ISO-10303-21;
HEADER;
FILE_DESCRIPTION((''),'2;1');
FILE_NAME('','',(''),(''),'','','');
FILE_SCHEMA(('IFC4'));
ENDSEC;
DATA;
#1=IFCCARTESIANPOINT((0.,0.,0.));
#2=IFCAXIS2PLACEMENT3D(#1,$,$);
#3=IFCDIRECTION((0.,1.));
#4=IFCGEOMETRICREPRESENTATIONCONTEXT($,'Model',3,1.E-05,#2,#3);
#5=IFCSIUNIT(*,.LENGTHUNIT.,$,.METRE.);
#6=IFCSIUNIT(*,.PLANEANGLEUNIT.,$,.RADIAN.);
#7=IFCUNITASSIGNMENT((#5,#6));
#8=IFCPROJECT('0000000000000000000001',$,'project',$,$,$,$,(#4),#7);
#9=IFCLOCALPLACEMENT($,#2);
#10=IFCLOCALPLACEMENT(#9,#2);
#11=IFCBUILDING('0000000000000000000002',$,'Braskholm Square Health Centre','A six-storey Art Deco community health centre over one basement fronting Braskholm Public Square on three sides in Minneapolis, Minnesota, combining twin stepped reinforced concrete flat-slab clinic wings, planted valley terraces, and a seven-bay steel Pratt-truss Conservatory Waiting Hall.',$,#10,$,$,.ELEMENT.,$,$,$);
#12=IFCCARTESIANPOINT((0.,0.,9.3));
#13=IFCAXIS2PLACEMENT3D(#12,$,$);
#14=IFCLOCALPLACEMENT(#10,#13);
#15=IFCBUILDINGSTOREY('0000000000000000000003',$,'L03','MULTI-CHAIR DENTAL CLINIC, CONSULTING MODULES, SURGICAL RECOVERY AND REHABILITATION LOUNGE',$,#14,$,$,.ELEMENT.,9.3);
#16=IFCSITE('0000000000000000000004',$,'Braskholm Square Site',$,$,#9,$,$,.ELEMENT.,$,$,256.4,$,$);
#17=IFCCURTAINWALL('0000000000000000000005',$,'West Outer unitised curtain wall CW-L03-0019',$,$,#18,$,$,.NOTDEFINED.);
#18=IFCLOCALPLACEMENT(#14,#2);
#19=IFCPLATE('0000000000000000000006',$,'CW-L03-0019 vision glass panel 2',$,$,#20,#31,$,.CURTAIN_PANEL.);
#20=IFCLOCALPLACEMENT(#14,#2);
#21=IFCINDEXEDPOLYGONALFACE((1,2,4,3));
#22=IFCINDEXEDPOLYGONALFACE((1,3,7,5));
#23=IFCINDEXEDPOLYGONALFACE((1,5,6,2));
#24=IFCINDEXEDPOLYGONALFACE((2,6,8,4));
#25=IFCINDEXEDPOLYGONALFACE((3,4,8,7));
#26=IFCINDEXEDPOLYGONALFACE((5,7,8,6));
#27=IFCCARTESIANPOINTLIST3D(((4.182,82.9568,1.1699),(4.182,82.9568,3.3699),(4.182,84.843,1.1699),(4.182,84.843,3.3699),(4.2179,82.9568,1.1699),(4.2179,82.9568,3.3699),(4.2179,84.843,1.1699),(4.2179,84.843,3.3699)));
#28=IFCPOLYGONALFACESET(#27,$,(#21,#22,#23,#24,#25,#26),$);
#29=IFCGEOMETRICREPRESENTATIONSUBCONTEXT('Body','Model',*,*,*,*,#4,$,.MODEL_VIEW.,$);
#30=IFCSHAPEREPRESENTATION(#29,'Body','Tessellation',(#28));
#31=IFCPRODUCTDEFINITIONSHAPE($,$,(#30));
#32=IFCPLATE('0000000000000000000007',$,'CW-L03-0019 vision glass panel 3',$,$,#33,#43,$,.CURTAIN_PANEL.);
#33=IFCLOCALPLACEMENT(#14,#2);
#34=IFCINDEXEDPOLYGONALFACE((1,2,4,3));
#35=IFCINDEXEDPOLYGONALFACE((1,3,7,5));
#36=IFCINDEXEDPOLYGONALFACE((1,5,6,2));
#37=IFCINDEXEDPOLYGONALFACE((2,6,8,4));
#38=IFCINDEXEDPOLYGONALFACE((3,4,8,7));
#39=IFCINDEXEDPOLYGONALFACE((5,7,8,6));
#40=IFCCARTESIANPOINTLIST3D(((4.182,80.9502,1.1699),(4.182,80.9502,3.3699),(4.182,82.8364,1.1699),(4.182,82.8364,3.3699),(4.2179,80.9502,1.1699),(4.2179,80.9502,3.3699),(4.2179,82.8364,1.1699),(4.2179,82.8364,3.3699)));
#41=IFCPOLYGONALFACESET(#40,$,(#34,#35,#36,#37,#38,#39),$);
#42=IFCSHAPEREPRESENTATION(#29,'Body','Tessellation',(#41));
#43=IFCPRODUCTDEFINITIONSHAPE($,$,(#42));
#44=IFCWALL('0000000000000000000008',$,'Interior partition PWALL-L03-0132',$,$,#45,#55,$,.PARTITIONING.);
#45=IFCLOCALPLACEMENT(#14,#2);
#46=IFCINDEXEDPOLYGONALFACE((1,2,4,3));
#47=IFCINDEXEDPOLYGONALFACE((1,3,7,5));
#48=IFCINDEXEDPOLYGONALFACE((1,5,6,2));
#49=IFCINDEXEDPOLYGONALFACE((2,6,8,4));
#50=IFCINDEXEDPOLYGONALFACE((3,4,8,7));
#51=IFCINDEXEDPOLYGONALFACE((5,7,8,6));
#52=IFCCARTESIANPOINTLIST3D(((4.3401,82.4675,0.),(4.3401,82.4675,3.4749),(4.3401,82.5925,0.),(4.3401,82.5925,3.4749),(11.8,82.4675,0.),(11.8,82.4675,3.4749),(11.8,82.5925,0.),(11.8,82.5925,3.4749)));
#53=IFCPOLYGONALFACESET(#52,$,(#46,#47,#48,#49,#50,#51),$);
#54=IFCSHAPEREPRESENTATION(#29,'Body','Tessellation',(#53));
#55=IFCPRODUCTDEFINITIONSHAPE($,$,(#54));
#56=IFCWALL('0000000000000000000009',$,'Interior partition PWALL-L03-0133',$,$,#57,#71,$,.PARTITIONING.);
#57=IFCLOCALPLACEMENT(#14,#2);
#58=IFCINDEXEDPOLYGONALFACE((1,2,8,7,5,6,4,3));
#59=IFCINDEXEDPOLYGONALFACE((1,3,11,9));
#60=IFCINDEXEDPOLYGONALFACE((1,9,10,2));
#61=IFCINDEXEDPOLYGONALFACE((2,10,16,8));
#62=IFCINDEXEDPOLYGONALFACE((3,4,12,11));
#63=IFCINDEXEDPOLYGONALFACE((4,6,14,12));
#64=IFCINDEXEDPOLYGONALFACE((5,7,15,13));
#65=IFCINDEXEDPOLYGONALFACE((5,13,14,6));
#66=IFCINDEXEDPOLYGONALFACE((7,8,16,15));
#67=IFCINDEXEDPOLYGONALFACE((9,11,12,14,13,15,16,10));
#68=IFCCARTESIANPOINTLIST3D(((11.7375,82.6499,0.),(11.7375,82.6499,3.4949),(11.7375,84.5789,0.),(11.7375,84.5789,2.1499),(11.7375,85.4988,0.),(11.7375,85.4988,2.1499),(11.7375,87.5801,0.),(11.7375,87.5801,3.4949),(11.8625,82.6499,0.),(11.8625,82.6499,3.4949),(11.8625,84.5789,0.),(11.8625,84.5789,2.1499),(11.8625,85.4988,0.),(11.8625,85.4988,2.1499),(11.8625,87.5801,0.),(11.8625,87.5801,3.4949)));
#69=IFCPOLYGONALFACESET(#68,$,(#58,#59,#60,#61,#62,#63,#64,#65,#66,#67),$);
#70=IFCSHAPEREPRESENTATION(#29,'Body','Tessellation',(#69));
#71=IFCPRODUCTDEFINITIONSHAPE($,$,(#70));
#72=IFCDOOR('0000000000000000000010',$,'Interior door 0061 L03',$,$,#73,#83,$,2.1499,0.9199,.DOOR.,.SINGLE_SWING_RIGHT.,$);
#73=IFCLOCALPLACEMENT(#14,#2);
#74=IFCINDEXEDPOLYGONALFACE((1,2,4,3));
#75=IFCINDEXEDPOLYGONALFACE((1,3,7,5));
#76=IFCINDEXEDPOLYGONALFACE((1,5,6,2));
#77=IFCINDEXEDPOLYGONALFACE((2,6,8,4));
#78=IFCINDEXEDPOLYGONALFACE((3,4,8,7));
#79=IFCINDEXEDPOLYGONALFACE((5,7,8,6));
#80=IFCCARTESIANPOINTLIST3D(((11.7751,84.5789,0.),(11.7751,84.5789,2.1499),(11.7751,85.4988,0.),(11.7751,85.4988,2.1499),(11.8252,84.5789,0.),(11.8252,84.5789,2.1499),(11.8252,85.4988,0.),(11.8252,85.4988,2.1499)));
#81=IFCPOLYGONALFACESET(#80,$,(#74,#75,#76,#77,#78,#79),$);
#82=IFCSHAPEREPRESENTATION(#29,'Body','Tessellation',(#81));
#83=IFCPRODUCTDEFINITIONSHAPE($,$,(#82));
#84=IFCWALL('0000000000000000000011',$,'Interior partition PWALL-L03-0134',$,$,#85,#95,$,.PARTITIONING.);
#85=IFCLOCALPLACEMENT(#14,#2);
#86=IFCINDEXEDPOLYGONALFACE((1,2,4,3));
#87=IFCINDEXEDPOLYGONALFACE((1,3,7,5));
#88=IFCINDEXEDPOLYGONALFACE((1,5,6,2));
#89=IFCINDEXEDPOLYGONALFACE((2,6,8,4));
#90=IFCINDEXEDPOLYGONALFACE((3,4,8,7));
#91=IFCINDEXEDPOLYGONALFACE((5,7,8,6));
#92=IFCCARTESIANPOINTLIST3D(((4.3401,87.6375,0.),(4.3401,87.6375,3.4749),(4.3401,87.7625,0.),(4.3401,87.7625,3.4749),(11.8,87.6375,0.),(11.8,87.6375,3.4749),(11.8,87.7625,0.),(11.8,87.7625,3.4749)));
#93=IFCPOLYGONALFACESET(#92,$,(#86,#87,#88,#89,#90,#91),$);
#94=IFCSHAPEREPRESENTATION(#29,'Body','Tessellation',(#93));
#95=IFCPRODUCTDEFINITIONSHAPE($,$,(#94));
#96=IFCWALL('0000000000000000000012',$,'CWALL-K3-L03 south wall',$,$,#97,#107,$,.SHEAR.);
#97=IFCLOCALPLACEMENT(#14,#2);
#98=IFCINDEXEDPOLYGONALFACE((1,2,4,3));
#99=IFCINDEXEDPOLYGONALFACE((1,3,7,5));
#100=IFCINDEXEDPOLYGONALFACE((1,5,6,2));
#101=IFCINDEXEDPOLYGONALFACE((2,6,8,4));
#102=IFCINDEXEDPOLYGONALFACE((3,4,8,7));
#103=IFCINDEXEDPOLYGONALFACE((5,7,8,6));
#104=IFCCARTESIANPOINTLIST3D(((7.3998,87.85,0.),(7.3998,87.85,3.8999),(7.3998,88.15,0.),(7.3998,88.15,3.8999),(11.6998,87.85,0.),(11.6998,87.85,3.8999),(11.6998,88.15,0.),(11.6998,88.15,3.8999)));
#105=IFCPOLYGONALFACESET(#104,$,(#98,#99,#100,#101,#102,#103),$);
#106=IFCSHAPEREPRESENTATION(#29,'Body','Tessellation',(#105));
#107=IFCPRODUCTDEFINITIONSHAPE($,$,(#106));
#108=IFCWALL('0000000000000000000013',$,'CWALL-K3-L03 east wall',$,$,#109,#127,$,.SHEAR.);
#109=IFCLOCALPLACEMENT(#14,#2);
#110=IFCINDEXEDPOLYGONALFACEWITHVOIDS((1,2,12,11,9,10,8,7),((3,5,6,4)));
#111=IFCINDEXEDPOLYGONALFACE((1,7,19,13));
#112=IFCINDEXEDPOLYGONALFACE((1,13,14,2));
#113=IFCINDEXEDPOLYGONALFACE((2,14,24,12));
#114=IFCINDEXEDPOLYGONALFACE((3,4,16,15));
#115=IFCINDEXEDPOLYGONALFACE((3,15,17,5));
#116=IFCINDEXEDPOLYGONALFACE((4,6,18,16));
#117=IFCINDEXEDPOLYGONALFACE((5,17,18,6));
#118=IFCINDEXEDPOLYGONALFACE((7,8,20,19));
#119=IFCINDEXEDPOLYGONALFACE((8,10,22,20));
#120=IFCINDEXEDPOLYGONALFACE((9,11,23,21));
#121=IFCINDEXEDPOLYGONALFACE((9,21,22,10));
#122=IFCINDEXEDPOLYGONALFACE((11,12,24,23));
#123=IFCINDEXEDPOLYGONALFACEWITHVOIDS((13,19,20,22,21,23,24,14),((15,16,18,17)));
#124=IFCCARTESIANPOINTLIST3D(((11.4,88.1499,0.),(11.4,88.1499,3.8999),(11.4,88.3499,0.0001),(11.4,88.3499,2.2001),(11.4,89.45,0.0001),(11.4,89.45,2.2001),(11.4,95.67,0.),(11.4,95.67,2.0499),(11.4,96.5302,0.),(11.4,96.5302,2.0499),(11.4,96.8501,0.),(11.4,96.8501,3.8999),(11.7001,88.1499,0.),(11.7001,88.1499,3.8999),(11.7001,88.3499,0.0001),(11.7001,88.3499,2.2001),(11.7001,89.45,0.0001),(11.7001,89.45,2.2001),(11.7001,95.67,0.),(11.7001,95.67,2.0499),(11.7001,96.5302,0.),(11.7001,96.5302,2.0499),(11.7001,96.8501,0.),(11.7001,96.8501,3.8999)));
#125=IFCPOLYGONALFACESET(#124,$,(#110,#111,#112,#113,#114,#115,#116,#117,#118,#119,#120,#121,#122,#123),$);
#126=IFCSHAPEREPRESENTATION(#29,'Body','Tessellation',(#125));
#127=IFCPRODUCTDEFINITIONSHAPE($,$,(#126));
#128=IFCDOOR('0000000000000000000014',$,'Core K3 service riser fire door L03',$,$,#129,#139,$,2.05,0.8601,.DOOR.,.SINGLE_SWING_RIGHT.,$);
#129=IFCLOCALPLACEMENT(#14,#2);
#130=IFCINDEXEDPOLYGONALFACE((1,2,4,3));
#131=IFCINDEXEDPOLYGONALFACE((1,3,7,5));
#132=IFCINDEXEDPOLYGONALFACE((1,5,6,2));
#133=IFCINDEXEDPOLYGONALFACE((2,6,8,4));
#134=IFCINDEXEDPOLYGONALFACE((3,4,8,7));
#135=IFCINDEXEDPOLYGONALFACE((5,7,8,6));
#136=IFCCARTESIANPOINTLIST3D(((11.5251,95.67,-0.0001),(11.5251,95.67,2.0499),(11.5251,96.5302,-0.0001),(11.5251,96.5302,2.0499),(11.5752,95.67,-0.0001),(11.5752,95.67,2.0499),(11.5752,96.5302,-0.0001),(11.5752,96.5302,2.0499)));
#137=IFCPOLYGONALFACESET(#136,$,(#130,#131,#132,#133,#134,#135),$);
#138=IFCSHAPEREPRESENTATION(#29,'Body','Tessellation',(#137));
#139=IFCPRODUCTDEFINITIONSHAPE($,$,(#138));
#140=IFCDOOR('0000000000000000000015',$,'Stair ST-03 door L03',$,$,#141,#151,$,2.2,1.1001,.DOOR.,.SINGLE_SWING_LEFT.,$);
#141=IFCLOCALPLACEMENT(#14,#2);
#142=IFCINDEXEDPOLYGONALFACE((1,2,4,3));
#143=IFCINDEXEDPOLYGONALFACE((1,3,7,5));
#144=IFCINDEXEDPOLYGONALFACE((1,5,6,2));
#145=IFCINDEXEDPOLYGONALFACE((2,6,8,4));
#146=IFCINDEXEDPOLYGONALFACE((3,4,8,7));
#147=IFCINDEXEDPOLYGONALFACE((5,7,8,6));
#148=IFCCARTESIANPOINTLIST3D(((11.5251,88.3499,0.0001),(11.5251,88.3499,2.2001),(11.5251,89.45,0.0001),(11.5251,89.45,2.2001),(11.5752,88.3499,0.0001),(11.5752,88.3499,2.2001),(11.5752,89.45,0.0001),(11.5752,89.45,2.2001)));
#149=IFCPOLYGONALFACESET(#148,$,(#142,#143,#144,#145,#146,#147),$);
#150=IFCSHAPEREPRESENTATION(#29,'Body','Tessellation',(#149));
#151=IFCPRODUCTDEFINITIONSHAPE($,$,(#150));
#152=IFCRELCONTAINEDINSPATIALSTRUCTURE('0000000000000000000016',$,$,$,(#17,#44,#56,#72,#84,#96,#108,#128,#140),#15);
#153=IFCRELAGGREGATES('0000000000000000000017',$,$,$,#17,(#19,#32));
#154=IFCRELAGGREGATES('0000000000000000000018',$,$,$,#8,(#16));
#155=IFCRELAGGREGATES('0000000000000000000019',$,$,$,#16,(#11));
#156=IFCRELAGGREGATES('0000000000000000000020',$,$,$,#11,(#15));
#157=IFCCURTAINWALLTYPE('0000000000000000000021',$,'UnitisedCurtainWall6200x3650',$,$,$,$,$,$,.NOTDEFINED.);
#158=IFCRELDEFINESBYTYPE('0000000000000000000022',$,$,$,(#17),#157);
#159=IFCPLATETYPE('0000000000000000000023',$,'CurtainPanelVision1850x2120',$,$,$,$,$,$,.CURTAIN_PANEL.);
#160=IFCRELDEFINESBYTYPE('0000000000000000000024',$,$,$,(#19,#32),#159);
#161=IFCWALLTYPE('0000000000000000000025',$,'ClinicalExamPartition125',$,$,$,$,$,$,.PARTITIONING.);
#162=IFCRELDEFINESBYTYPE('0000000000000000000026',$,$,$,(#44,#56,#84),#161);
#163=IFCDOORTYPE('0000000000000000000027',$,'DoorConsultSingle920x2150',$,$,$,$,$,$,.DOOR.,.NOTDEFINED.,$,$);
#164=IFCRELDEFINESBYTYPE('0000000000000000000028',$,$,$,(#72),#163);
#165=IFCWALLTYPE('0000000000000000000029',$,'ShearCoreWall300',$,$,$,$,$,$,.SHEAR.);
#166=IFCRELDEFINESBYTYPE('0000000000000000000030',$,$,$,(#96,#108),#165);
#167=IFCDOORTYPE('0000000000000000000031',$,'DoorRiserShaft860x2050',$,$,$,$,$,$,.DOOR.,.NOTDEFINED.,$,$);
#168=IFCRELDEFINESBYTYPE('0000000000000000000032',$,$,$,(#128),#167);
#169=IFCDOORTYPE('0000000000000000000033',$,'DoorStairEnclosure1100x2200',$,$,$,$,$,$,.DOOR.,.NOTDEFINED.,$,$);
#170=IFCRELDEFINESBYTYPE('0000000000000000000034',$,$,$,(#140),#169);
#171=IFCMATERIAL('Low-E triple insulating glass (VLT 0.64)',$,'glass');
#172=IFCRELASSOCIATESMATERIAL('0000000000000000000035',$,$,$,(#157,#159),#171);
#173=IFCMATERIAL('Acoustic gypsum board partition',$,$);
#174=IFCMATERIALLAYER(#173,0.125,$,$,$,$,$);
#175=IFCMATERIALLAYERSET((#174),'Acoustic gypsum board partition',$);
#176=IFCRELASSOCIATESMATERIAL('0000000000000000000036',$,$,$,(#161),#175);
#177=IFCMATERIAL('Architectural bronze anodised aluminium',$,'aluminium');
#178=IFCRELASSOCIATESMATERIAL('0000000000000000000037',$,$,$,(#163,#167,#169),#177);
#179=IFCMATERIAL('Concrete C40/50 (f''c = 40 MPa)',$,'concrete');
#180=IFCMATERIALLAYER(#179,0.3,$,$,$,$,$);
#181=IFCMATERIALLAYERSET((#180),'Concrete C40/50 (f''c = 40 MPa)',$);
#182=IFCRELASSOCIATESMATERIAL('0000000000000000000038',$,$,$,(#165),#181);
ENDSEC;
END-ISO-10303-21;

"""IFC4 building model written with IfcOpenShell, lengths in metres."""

from ifc_helpers import new_model, si_unit, direction, frame, frame_2d, origin, origin_with_axes, origin_2d, place, context, subcontext, project, spatial, rectangle, extrude, material, layer, layer_set, type_object, element, fill, aggregate, save


model = new_model("IFC4")

# Units and contexts
model_context = context("Model", 3, precision=1e-05, world=origin(), true_north=direction((0.0, 1.0)))
body_context = subcontext(model_context, "Body", "Model", "MODEL_VIEW")
ifc_project = project(units=[si_unit("LENGTHUNIT", "METRE"), si_unit("PLANEANGLEUNIT", "RADIAN")], contexts=[model_context])

# Site, building, storey
site_placement = place(None, origin())
site = spatial("IfcSite", under=ifc_project, at=site_placement, Name="Braskholm Square Site", CompositionType="ELEMENT", RefElevation=256.4)
building_placement = place(site_placement, origin())
building = spatial("IfcBuilding", under=site, at=building_placement, Name="Braskholm Square Health Centre", Description="A six-storey Art Deco community health centre over one basement fronting Braskholm Public Square on three sides in Minneapolis, Minnesota, combining twin stepped reinforced concrete flat-slab clinic wings, planted valley terraces, and a seven-bay steel Pratt-truss Conservatory Waiting Hall.", CompositionType="ELEMENT")
storey_placement = place(building_placement, frame((0.0, 0.0, 9.3)))
storey = spatial("IfcBuildingStorey", under=building, at=storey_placement, Name="L03", Description="MULTI-CHAIR DENTAL CLINIC, CONSULTING MODULES, SURGICAL RECOVERY AND REHABILITATION LOUNGE", CompositionType="ELEMENT", Elevation=9.3)

# Shared definitions
ifc_material_1 = material(Name="Concrete C40/50 (f'c = 40 MPa)", Category="concrete")

# Curtain wall
ifc_material_2 = material(Name="Low-E triple insulating glass (VLT 0.64)", Category="glass")
curtain_wall_type = type_object("IfcCurtainWallType", Name="UnitisedCurtainWall6200x3650", PredefinedType="NOTDEFINED", material=ifc_material_2)
curtain_wall_placement = place(storey_placement, origin())
curtain_wall = element("IfcCurtainWall", 1, at=curtain_wall_placement, inside=storey, type_object=curtain_wall_type, Name="West Outer unitised curtain wall CW-L03-0019", PredefinedType="NOTDEFINED")
ifc_material_3 = material(Name="Architectural bronze anodised aluminium", Category="aluminium")

# Plates
plate_type_1 = type_object("IfcPlateType", Name="CurtainPanelVision1850x2120", PredefinedType="CURTAIN_PANEL", material=ifc_material_2)
plate_1_placement = place(storey_placement, frame((4.2, 83.8999, 1.1699), z_axis=(0.0, 0.0, 1.0), x_axis=(0.0, -1.0, 0.0)))
plate_1 = element("IfcPlate", 2, at=plate_1_placement, type_object=plate_type_1, Name="CW-L03-0019 vision glass panel 2", PredefinedType="CURTAIN_PANEL", context=body_context, shape_type="SweptSolid", body=[
    extrude(rectangle(XDim=1.8862, YDim=0.0359, at=origin_2d()), origin(), (0.0, 0.0, 1.0), 2.2),
])
plate_2_placement = place(storey_placement, frame((4.2, 81.8933, 1.1699), z_axis=(0.0, 0.0, 1.0), x_axis=(0.0, -1.0, 0.0)))
plate_2 = element("IfcPlate", 3, at=plate_2_placement, type_object=plate_type_1, Name="CW-L03-0019 vision glass panel 3", PredefinedType="CURTAIN_PANEL", context=body_context, shape_type="SweptSolid", body=[
    extrude(rectangle(XDim=1.8862, YDim=0.0359, at=origin_2d()), origin(), (0.0, 0.0, 1.0), 2.2),
])
aggregate(curtain_wall, [plate_1, plate_2])

# Wall
ifc_material_4 = material(Name="Acoustic gypsum board partition")
ifc_layer_1 = layer(ifc_material_4, 0.125)
ifc_layer_set_1 = layer_set([ifc_layer_1], Name="Acoustic gypsum board partition")
wall_type_1 = type_object("IfcWallType", Name="ClinicalExamPartition125", PredefinedType="PARTITIONING", material=ifc_layer_set_1)
wall_1_placement = place(storey_placement, frame((4.3401, 82.53, 0.0), z_axis=(0.0, 0.0, 1.0), x_axis=(1.0, 0.0, 0.0)))
element("IfcWall", 4, at=wall_1_placement, inside=storey, type_object=wall_type_1, Name="Interior partition PWALL-L03-0132", PredefinedType="PARTITIONING", context=body_context, shape_type="SweptSolid", body=[
    extrude(rectangle(XDim=7.46, YDim=0.125, at=frame_2d((3.73, 0.0))), origin(), (0.0, 0.0, 1.0), 3.4749),
])

# Wall, opening, door
wall_2_placement = place(storey_placement, frame((11.8, 82.6499, 0.0), z_axis=(0.0, 0.0, 1.0), x_axis=(0.0, 1.0, 0.0)))
wall_2 = element("IfcWall", 5, at=wall_2_placement, inside=storey, type_object=wall_type_1, Name="Interior partition PWALL-L03-0133", PredefinedType="PARTITIONING", context=body_context, shape_type="SweptSolid", body=[
    extrude(rectangle(XDim=4.9302, YDim=0.125, at=frame_2d((2.4651, 0.0))), origin(), (0.0, 0.0, 1.0), 3.4949),
])
opening_1_placement = place(wall_2_placement, frame((1.929, 0.0, 0.0)))
opening_1 = element("IfcOpeningElement", 6, at=opening_1_placement, cuts=wall_2, PredefinedType="OPENING", context=body_context, shape_type="SweptSolid", body=[
    extrude(rectangle(XDim=0.9199, YDim=2.1499, at=frame_2d((0.46, 1.075))), frame((0.0, 0.0725, 0.0), z_axis=(0.0, -1.0, 0.0), x_axis=(1.0, 0.0, 0.0)), (0.0, 0.0, 1.0), 0.145),
])
door_type_1 = type_object("IfcDoorType", Name="DoorConsultSingle920x2150", OperationType="NOTDEFINED", PredefinedType="DOOR", material=ifc_material_3)
door_1_placement = place(opening_1_placement, origin_with_axes())
door_1 = element("IfcDoor", 7, at=door_1_placement, inside=storey, type_object=door_type_1, Name="Interior door 0061 L03", OperationType="SINGLE_SWING_RIGHT", OverallHeight=2.1499, OverallWidth=0.9199, PredefinedType="DOOR", context=body_context, shape_type="SweptSolid", body=[
    extrude(rectangle(XDim=0.9199, YDim=2.1499, at=frame_2d((0.46, 1.075))), frame((0.0, 0.0249, 0.0), z_axis=(0.0, -1.0, 0.0), x_axis=(1.0, 0.0, 0.0)), (0.0, 0.0, 1.0), 0.05),
])
fill(opening_1, door_1)

# Walls
wall_3_placement = place(storey_placement, frame((4.3401, 87.7, 0.0), z_axis=(0.0, 0.0, 1.0), x_axis=(1.0, 0.0, 0.0)))
element("IfcWall", 8, at=wall_3_placement, inside=storey, type_object=wall_type_1, Name="Interior partition PWALL-L03-0134", PredefinedType="PARTITIONING", context=body_context, shape_type="SweptSolid", body=[
    extrude(rectangle(XDim=7.46, YDim=0.125, at=frame_2d((3.73, 0.0))), origin(), (0.0, 0.0, 1.0), 3.4749),
])
ifc_layer_2 = layer(ifc_material_1, 0.3)
ifc_layer_set_2 = layer_set([ifc_layer_2], Name="Concrete C40/50 (f'c = 40 MPa)")
wall_type_2 = type_object("IfcWallType", Name="ShearCoreWall300", PredefinedType="SHEAR", material=ifc_layer_set_2)
wall_4_placement = place(storey_placement, frame((7.3999, 88.0, 0.0), z_axis=(0.0, 0.0, 1.0), x_axis=(1.0, 0.0, 0.0)))
element("IfcWall", 9, at=wall_4_placement, inside=storey, type_object=wall_type_2, Name="CWALL-K3-L03 south wall", PredefinedType="SHEAR", context=body_context, shape_type="SweptSolid", body=[
    extrude(rectangle(XDim=4.3, YDim=0.3, at=frame_2d((2.1499, 0.0))), origin(), (0.0, 0.0, 1.0), 3.8999),
])

# Wall, openings, doors
wall_5_placement = place(storey_placement, frame((11.55, 88.1499, 0.0), z_axis=(0.0, 0.0, 1.0), x_axis=(0.0, 1.0, 0.0)))
wall_5 = element("IfcWall", 10, at=wall_5_placement, inside=storey, type_object=wall_type_2, Name="CWALL-K3-L03 east wall", PredefinedType="SHEAR", context=body_context, shape_type="SweptSolid", body=[
    extrude(rectangle(XDim=8.7002, YDim=0.3, at=frame_2d((4.3501, 0.0))), origin(), (0.0, 0.0, 1.0), 3.8999),
])
opening_2_placement = place(wall_5_placement, frame((0.2, 0.0, 0.0)))
opening_2 = element("IfcOpeningElement", 11, at=opening_2_placement, cuts=wall_5, PredefinedType="OPENING", context=body_context, shape_type="SweptSolid", body=[
    extrude(rectangle(XDim=1.1001, YDim=2.2, at=frame_2d((0.55, 1.1001))), frame((0.0, 0.1602, 0.0), z_axis=(0.0, -1.0, 0.0), x_axis=(1.0, 0.0, 0.0)), (0.0, 0.0, 1.0), 0.3201),
])
opening_3_placement = place(wall_5_placement, frame((7.52, 0.0, 0.0)))
opening_3 = element("IfcOpeningElement", 12, at=opening_3_placement, cuts=wall_5, PredefinedType="OPENING", context=body_context, shape_type="SweptSolid", body=[
    extrude(rectangle(XDim=0.8601, YDim=2.05, at=frame_2d((0.4302, 1.0249))), frame((0.0, 0.1602, 0.0), z_axis=(0.0, -1.0, 0.0), x_axis=(1.0, 0.0, 0.0)), (0.0, 0.0, 1.0), 0.3201),
])
door_type_2 = type_object("IfcDoorType", Name="DoorRiserShaft860x2050", OperationType="NOTDEFINED", PredefinedType="DOOR", material=ifc_material_3)
door_2_placement = place(opening_3_placement, origin_with_axes())
door_2 = element("IfcDoor", 13, at=door_2_placement, inside=storey, type_object=door_type_2, Name="Core K3 service riser fire door L03", OperationType="SINGLE_SWING_RIGHT", OverallHeight=2.05, OverallWidth=0.8601, PredefinedType="DOOR", context=body_context, shape_type="SweptSolid", body=[
    extrude(rectangle(XDim=0.8601, YDim=2.05, at=frame_2d((0.4302, 1.0249))), frame((0.0, 0.0249, 0.0), z_axis=(0.0, -1.0, 0.0), x_axis=(1.0, 0.0, 0.0)), (0.0, 0.0, 1.0), 0.05),
])
fill(opening_3, door_2)
door_type_3 = type_object("IfcDoorType", Name="DoorStairEnclosure1100x2200", OperationType="NOTDEFINED", PredefinedType="DOOR", material=ifc_material_3)
door_3_placement = place(opening_2_placement, origin_with_axes())
door_3 = element("IfcDoor", 14, at=door_3_placement, inside=storey, type_object=door_type_3, Name="Stair ST-03 door L03", OperationType="SINGLE_SWING_LEFT", OverallHeight=2.2, OverallWidth=1.1001, PredefinedType="DOOR", context=body_context, shape_type="SweptSolid", body=[
    extrude(rectangle(XDim=1.1001, YDim=2.2, at=frame_2d((0.55, 1.1001))), frame((0.0, 0.0249, 0.0), z_axis=(0.0, -1.0, 0.0), x_axis=(1.0, 0.0, 0.0)), (0.0, 0.0, 1.0), 0.05),
])
fill(opening_2, door_3)

save(model, "model.ifc")
